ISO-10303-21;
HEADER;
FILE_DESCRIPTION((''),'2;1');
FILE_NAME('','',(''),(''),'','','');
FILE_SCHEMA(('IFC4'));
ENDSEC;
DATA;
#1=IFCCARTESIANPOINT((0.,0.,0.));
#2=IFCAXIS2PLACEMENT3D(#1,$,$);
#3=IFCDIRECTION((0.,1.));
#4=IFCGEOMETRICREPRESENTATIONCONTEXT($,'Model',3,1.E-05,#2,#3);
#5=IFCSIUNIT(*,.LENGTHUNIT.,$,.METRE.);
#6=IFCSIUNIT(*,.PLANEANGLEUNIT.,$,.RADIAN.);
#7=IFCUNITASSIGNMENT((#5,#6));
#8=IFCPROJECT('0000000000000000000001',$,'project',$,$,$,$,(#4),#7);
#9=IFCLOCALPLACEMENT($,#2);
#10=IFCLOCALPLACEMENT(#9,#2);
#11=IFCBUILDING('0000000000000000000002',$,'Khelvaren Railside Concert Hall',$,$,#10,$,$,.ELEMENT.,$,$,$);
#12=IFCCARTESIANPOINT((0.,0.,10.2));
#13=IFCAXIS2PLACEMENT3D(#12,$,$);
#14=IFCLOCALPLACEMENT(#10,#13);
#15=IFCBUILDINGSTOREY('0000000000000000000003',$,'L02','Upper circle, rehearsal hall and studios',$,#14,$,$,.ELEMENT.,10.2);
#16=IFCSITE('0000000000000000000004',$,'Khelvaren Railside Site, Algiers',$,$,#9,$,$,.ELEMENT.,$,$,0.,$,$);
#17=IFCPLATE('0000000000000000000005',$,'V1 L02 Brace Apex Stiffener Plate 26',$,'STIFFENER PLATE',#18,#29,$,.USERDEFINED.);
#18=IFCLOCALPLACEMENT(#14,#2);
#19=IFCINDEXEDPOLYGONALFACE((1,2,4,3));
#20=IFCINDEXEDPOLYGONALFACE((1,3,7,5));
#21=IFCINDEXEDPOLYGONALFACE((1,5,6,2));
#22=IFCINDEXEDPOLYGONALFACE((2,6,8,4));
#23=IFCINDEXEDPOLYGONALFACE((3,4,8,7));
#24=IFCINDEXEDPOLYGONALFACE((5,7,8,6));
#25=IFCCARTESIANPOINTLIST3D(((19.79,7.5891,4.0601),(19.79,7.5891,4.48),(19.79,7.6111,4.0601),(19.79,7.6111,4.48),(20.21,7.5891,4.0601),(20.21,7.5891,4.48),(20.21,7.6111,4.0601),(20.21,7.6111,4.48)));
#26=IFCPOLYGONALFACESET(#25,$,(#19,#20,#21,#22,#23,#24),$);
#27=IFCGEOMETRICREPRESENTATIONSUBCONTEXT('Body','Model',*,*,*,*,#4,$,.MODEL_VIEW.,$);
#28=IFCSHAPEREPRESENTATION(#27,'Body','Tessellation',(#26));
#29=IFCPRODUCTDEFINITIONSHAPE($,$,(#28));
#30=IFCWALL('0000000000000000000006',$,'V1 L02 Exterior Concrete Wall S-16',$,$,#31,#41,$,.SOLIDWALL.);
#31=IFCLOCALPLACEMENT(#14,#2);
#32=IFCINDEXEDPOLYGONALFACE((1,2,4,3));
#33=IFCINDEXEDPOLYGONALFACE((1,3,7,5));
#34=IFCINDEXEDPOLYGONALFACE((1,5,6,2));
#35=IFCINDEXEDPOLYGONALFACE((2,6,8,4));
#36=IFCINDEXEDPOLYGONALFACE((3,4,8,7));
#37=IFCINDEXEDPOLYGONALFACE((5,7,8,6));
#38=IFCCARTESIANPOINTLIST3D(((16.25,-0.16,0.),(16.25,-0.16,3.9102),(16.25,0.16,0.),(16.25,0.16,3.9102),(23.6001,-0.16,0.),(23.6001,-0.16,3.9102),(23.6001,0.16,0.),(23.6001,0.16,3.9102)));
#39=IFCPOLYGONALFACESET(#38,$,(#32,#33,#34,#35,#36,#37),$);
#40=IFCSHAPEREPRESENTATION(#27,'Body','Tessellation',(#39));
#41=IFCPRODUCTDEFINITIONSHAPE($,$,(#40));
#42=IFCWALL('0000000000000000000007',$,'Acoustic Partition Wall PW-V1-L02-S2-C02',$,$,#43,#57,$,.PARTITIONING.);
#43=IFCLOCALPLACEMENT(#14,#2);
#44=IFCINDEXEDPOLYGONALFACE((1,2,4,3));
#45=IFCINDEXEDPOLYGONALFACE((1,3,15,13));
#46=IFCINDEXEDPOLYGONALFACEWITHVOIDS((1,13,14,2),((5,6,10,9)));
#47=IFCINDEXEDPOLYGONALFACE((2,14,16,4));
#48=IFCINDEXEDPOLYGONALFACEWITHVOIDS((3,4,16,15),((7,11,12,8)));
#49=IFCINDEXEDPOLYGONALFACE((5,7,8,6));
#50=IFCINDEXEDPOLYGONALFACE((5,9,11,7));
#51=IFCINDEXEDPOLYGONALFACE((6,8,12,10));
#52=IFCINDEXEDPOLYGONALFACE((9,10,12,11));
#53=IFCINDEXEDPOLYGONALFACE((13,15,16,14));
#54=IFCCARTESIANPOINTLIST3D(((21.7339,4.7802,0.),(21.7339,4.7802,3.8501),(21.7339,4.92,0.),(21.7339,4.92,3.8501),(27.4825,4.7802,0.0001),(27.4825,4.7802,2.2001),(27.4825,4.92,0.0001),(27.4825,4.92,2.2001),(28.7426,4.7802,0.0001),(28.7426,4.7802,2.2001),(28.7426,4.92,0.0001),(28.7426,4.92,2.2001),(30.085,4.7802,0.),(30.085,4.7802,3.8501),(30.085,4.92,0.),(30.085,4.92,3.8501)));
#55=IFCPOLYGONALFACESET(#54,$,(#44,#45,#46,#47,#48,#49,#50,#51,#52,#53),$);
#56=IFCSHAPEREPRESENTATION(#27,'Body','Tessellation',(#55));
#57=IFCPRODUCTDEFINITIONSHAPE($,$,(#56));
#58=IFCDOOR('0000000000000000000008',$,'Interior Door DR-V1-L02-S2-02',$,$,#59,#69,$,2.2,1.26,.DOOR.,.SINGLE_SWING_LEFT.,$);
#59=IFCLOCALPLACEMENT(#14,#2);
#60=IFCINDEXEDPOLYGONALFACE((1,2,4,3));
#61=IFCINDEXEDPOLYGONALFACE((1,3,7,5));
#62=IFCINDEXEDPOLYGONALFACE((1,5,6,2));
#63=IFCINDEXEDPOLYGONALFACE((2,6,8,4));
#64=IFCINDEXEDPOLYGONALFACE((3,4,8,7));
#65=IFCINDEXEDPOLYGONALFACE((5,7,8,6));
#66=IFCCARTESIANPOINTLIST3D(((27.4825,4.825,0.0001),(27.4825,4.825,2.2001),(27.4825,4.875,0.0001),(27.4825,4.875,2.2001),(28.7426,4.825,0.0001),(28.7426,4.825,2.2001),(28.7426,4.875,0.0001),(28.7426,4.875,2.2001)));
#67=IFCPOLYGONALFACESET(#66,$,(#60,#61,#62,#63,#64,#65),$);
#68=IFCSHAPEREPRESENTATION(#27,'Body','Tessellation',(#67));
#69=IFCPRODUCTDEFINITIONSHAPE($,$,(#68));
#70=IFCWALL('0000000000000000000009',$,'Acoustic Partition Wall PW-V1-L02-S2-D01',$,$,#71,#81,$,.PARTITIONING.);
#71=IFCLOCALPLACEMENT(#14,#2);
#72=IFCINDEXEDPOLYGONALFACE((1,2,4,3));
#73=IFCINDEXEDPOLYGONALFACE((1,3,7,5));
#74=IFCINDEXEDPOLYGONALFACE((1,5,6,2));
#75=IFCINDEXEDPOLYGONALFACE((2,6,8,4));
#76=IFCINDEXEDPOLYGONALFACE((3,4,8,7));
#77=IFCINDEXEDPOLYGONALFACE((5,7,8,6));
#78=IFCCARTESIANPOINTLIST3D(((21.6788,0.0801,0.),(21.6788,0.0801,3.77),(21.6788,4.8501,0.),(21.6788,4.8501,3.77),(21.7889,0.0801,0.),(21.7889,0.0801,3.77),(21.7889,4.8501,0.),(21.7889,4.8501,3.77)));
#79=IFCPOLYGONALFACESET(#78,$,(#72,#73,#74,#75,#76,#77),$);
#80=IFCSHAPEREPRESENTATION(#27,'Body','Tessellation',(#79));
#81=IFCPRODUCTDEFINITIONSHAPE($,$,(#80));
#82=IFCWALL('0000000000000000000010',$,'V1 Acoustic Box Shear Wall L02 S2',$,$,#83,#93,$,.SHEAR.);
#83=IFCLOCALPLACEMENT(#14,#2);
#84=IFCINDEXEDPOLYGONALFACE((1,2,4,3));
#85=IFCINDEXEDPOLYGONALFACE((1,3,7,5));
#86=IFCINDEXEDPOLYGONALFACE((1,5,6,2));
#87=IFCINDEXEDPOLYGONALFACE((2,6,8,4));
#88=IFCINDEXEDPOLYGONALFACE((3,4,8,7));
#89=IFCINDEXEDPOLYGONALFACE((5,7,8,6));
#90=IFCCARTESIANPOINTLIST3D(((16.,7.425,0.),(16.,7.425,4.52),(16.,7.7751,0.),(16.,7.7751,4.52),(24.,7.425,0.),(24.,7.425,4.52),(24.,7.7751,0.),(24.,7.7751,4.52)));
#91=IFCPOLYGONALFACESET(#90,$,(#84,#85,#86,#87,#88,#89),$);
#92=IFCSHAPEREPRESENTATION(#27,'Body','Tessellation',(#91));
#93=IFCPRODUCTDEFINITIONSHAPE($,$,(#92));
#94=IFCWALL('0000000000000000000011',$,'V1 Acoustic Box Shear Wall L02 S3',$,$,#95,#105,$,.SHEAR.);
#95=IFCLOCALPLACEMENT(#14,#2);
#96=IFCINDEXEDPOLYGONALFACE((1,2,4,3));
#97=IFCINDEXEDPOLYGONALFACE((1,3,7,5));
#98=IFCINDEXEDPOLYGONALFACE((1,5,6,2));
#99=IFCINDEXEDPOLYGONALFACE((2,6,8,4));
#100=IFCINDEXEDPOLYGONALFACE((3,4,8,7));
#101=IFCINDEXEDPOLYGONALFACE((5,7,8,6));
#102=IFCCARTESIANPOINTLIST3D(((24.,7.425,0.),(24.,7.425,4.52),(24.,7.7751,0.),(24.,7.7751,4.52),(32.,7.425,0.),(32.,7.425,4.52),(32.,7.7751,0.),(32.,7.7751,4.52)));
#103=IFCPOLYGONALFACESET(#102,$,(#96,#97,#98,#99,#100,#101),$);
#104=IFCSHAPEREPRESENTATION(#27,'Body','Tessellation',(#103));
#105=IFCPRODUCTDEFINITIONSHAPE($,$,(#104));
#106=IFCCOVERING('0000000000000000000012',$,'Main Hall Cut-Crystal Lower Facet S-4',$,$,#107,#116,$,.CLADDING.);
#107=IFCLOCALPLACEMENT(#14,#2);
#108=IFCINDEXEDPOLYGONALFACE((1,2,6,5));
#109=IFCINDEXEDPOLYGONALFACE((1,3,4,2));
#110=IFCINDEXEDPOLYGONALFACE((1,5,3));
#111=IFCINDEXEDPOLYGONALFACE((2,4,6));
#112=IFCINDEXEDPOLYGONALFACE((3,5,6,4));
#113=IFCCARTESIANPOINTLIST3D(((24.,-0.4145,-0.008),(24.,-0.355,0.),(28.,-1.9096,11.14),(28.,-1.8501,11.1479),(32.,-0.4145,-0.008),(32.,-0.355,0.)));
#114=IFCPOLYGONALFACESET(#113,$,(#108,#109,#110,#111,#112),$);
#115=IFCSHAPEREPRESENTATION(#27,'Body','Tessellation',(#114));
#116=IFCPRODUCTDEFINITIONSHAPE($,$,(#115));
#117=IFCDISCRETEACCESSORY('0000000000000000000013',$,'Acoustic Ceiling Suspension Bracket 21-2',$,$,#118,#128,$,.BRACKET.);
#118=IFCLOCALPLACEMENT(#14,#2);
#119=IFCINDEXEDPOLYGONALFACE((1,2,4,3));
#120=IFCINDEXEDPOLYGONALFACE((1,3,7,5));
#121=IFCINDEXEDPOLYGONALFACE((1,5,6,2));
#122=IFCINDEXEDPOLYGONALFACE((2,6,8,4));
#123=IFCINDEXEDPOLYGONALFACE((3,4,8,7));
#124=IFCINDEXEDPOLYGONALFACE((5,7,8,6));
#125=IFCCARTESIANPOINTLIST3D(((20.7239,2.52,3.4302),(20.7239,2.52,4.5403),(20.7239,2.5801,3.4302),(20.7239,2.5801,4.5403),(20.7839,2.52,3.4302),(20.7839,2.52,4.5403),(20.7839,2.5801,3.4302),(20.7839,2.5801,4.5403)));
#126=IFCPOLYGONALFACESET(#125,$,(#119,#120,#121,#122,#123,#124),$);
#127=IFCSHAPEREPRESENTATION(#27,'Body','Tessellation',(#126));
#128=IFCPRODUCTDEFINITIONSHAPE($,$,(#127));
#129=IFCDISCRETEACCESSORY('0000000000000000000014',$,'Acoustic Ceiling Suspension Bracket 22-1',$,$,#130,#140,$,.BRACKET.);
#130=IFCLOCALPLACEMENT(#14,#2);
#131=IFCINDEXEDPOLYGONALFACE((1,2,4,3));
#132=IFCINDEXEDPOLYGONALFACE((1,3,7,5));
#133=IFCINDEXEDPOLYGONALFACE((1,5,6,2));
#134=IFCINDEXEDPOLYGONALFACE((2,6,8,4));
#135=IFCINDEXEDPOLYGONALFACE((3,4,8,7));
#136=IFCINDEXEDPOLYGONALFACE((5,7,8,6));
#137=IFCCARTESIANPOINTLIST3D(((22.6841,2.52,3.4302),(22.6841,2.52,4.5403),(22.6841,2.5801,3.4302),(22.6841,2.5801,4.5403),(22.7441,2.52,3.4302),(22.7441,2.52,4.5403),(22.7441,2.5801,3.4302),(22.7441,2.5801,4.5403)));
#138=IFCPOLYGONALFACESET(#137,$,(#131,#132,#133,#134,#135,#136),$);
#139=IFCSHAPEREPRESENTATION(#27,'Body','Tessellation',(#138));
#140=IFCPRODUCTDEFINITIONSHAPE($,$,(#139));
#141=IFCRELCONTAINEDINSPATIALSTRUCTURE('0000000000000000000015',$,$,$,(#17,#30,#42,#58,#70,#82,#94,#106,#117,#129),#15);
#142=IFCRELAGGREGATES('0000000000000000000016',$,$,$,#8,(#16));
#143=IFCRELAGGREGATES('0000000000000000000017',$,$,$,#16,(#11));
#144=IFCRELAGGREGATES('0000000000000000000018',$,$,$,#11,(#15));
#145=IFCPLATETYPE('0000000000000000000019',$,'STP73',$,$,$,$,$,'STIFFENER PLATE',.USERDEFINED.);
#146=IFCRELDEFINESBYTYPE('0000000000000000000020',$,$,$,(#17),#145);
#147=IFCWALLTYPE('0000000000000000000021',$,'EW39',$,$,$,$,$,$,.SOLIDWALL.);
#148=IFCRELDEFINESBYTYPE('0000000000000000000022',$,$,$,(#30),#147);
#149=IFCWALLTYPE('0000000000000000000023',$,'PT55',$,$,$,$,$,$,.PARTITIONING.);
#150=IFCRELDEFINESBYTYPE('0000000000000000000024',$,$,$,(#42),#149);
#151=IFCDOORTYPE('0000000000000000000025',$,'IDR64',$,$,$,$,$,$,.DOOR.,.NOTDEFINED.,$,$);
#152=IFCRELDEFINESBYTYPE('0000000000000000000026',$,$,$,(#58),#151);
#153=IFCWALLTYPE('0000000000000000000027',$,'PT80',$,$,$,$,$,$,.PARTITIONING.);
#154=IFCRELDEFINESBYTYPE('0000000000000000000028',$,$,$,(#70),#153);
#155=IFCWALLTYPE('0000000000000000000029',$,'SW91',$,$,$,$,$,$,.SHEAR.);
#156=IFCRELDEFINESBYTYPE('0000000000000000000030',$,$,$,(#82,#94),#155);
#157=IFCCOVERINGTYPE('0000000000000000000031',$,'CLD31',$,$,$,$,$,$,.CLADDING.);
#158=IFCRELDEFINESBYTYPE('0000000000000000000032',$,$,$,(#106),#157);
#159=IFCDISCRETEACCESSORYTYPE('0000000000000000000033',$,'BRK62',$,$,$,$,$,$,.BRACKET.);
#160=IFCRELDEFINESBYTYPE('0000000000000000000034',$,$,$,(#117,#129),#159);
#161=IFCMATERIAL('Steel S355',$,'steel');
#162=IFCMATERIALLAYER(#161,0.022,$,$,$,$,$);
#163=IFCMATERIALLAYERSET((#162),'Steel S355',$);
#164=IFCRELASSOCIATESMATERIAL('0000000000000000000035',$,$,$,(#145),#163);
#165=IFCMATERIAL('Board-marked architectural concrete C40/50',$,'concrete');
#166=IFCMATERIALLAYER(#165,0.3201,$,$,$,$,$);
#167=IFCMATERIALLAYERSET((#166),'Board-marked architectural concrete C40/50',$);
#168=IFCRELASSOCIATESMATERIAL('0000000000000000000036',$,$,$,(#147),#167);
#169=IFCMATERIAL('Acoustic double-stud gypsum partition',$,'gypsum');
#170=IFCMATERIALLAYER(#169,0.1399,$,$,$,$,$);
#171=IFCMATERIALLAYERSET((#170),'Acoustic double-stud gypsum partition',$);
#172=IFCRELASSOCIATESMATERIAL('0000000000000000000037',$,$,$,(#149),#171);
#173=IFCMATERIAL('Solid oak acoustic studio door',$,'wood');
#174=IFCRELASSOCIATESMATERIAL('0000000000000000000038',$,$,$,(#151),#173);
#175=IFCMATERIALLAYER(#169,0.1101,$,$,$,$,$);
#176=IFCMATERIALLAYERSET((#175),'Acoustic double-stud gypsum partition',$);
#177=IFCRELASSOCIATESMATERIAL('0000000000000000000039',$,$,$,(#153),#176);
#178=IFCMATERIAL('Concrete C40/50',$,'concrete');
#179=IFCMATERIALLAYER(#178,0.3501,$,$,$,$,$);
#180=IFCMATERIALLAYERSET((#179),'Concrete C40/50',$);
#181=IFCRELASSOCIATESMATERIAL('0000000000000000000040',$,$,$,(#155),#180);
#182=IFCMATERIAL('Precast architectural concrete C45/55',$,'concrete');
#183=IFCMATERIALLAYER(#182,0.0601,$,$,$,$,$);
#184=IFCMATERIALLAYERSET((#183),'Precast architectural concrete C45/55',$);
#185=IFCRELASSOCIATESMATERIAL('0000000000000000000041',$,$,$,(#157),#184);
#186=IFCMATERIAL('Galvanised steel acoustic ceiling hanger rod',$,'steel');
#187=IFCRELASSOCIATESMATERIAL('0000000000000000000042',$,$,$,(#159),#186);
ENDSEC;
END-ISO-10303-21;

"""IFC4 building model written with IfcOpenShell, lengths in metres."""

from ifc_helpers import new_model, si_unit, direction, frame, frame_2d, origin, origin_2d, place, context, subcontext, project, spatial, polyline, rectangle, outline, extrude, material, layer, layer_set, type_object, element, fill, save


model = new_model("IFC4")

# Units and contexts
model_context = context("Model", 3, precision=1e-05, world=origin(), true_north=direction((0.0, 1.0)))
body_context = subcontext(model_context, "Body", "Model", "MODEL_VIEW")
ifc_project = project(units=[si_unit("LENGTHUNIT", "METRE"), si_unit("PLANEANGLEUNIT", "RADIAN")], contexts=[model_context])

# Site, building, storey
site_placement = place(None, origin())
site = spatial("IfcSite", under=ifc_project, at=site_placement, Name="Khelvaren Railside Site, Algiers", CompositionType="ELEMENT", RefElevation=0.0)
building_placement = place(site_placement, origin())
building = spatial("IfcBuilding", under=site, at=building_placement, Name="Khelvaren Railside Concert Hall", CompositionType="ELEMENT")
storey_placement = place(building_placement, frame((0.0, 0.0, 10.2)))
storey = spatial("IfcBuildingStorey", under=building, at=storey_placement, Name="L02", Description="Upper circle, rehearsal hall and studios", CompositionType="ELEMENT", Elevation=10.2)

# Shared definitions
ifc_material_1 = material(Name="Concrete C40/50", Category="concrete")
ifc_material_2 = material(Name="Steel S355", Category="steel")

# Plate
ifc_layer_1 = layer(ifc_material_2, 0.022)
ifc_layer_set_1 = layer_set([ifc_layer_1], Name="Steel S355")
plate_type_1 = type_object("IfcPlateType", Name="STP73", ElementType="STIFFENER PLATE", PredefinedType="USERDEFINED", material=ifc_layer_set_1)
plate_1_placement = place(storey_placement, frame((20.0, 7.6001, 4.0601), z_axis=(0.0, 0.0, 1.0), x_axis=(1.0, 0.0, 0.0)))
element("IfcPlate", 1, at=plate_1_placement, inside=storey, type_object=plate_type_1, Name="V1 L02 Brace Apex Stiffener Plate 26", ObjectType="STIFFENER PLATE", PredefinedType="USERDEFINED", context=body_context, shape_type="SweptSolid", body=[
    extrude(rectangle(XDim=0.4199, YDim=0.022, at=origin_2d()), origin(), (0.0, 0.0, 1.0), 0.4199),
])

# Wall
ifc_material_3 = material(Name="Board-marked architectural concrete C40/50", Category="concrete")
ifc_layer_2 = layer(ifc_material_3, 0.3201)
ifc_layer_set_2 = layer_set([ifc_layer_2], Name="Board-marked architectural concrete C40/50")
wall_type_1 = type_object("IfcWallType", Name="EW39", PredefinedType="SOLIDWALL", material=ifc_layer_set_2)
wall_1_placement = place(storey_placement, frame((23.6001, 0.0, 0.0), z_axis=(0.0, 0.0, 1.0), x_axis=(-1.0, 0.0, 0.0)))
element("IfcWall", 2, at=wall_1_placement, inside=storey, type_object=wall_type_1, Name="V1 L02 Exterior Concrete Wall S-16", PredefinedType="SOLIDWALL", context=body_context, shape_type="SweptSolid", body=[
    extrude(rectangle(XDim=7.3501, YDim=0.3201, at=frame_2d((3.675, 0.0))), origin(), (0.0, 0.0, 1.0), 3.9102),
])

# Wall, opening, door
ifc_material_4 = material(Name="Acoustic double-stud gypsum partition", Category="gypsum")
ifc_layer_3 = layer(ifc_material_4, 0.1399)
ifc_layer_set_3 = layer_set([ifc_layer_3], Name="Acoustic double-stud gypsum partition")
wall_type_2 = type_object("IfcWallType", Name="PT55", PredefinedType="PARTITIONING", material=ifc_layer_set_3)
wall_2_placement = place(storey_placement, frame((21.7339, 4.8501, 0.0), z_axis=(0.0, 0.0, 1.0), x_axis=(1.0, 0.0, 0.0)))
wall_2 = element("IfcWall", 3, at=wall_2_placement, inside=storey, type_object=wall_type_2, Name="Acoustic Partition Wall PW-V1-L02-S2-C02", PredefinedType="PARTITIONING", context=body_context, shape_type="SweptSolid", body=[
    extrude(rectangle(XDim=8.3511, YDim=0.1399, at=frame_2d((4.1755, 0.0))), origin(), (0.0, 0.0, 1.0), 3.8501),
])
opening_placement = place(wall_2_placement, frame((5.7488, 0.0, 0.0)))
opening = element("IfcOpeningElement", 4, at=opening_placement, cuts=wall_2, PredefinedType="OPENING", context=body_context, shape_type="SweptSolid", body=[
    extrude(rectangle(XDim=1.26, YDim=2.2, at=frame_2d((0.6299, 1.1001))), frame((0.0, 0.0798, 0.0), z_axis=(0.0, -1.0, 0.0), x_axis=(1.0, 0.0, 0.0)), (0.0, 0.0, 1.0), 0.1599),
])
ifc_material_5 = material(Name="Solid oak acoustic studio door", Category="wood")
door_type = type_object("IfcDoorType", Name="IDR64", OperationType="NOTDEFINED", PredefinedType="DOOR", material=ifc_material_5)
door_placement = place(opening_placement, origin())
door = element("IfcDoor", 5, at=door_placement, inside=storey, type_object=door_type, Name="Interior Door DR-V1-L02-S2-02", OperationType="SINGLE_SWING_LEFT", OverallHeight=2.2, OverallWidth=1.26, PredefinedType="DOOR", context=body_context, shape_type="SweptSolid", body=[
    extrude(rectangle(XDim=1.26, YDim=2.2, at=frame_2d((0.6299, 1.1001))), frame((0.0, 0.0249, 0.0), z_axis=(0.0, -1.0, 0.0), x_axis=(1.0, 0.0, 0.0)), (0.0, 0.0, 1.0), 0.05),
])
fill(opening, door)

# Walls
ifc_layer_4 = layer(ifc_material_4, 0.1101)
ifc_layer_set_4 = layer_set([ifc_layer_4], Name="Acoustic double-stud gypsum partition")
wall_type_3 = type_object("IfcWallType", Name="PT80", PredefinedType="PARTITIONING", material=ifc_layer_set_4)
wall_3_placement = place(storey_placement, frame((21.7339, 0.0801, 0.0), z_axis=(0.0, 0.0, 1.0), x_axis=(0.0, 1.0, 0.0)))
element("IfcWall", 6, at=wall_3_placement, inside=storey, type_object=wall_type_3, Name="Acoustic Partition Wall PW-V1-L02-S2-D01", PredefinedType="PARTITIONING", context=body_context, shape_type="SweptSolid", body=[
    extrude(rectangle(XDim=4.77, YDim=0.1101, at=frame_2d((2.385, 0.0))), origin(), (0.0, 0.0, 1.0), 3.77),
])
ifc_layer_5 = layer(ifc_material_1, 0.3501)
ifc_layer_set_5 = layer_set([ifc_layer_5], Name="Concrete C40/50")
wall_type_4 = type_object("IfcWallType", Name="SW91", PredefinedType="SHEAR", material=ifc_layer_set_5)
for number, where, z_axis, x_axis, name in (
    (7, (16.0, 7.6001, 0.0), (0.0, 0.0, 1.0), (1.0, 0.0, 0.0), "V1 Acoustic Box Shear Wall L02 S2"),
    (8, (24.0, 7.6001, 0.0), (0.0, 0.0, 1.0), (1.0, 0.0, 0.0), "V1 Acoustic Box Shear Wall L02 S3"),
):
    element("IfcWall", number, at=place(storey_placement, frame(where, z_axis=z_axis, x_axis=x_axis)), inside=storey, type_object=wall_type_4, Name=name, PredefinedType="SHEAR", context=body_context, shape_type="SweptSolid", body=[
        extrude(rectangle(XDim=8.0, YDim=0.3501, at=frame_2d((4.0, 0.0))), origin(), (0.0, 0.0, 1.0), 4.52),
    ])

# Covering
ifc_material_6 = material(Name="Precast architectural concrete C45/55", Category="concrete")
ifc_layer_6 = layer(ifc_material_6, 0.0601)
ifc_layer_set_6 = layer_set([ifc_layer_6], Name="Precast architectural concrete C45/55")
covering_type = type_object("IfcCoveringType", Name="CLD31", PredefinedType="CLADDING", material=ifc_layer_set_6)
covering_placement = place(storey_placement, frame((24.0, -0.355, 0.0), z_axis=(0.0, 0.991126, 0.132926), x_axis=(1.0, 0.0, 0.0)))
element("IfcCovering", 9, at=covering_placement, inside=storey, type_object=covering_type, Name="Main Hall Cut-Crystal Lower Facet S-4", PredefinedType="CLADDING", context=body_context, shape_type="SweptSolid", body=[
    extrude(outline(polyline([(0.0, 0.0), (8.0, 0.0), (4.0, -11.2478), (0.0, 0.0)])), origin(), (0.0, 0.0, -1.0), 0.0601),
])

# Discrete accessories
ifc_material_7 = material(Name="Galvanised steel acoustic ceiling hanger rod", Category="steel")
discrete_accessory_type = type_object("IfcDiscreteAccessoryType", Name="BRK62", PredefinedType="BRACKET", material=ifc_material_7)
for number, where, z_axis, x_axis, name in (
    (10, (20.7539, 2.55, 3.4302), (0.0, 0.0, 1.0), (1.0, 0.0, 0.0), "Acoustic Ceiling Suspension Bracket 21-2"),
    (11, (22.7141, 2.55, 3.4302), (0.0, 0.0, 1.0), (1.0, 0.0, 0.0), "Acoustic Ceiling Suspension Bracket 22-1"),
):
    element("IfcDiscreteAccessory", number, at=place(storey_placement, frame(where, z_axis=z_axis, x_axis=x_axis)), inside=storey, type_object=discrete_accessory_type, Name=name, PredefinedType="BRACKET", context=body_context, shape_type="SweptSolid", body=[
        extrude(rectangle(XDim=0.0601, YDim=0.0601, at=origin_2d()), origin(), (0.0, 0.0, 1.0), 1.1101),
    ])

save(model, "model.ifc")
